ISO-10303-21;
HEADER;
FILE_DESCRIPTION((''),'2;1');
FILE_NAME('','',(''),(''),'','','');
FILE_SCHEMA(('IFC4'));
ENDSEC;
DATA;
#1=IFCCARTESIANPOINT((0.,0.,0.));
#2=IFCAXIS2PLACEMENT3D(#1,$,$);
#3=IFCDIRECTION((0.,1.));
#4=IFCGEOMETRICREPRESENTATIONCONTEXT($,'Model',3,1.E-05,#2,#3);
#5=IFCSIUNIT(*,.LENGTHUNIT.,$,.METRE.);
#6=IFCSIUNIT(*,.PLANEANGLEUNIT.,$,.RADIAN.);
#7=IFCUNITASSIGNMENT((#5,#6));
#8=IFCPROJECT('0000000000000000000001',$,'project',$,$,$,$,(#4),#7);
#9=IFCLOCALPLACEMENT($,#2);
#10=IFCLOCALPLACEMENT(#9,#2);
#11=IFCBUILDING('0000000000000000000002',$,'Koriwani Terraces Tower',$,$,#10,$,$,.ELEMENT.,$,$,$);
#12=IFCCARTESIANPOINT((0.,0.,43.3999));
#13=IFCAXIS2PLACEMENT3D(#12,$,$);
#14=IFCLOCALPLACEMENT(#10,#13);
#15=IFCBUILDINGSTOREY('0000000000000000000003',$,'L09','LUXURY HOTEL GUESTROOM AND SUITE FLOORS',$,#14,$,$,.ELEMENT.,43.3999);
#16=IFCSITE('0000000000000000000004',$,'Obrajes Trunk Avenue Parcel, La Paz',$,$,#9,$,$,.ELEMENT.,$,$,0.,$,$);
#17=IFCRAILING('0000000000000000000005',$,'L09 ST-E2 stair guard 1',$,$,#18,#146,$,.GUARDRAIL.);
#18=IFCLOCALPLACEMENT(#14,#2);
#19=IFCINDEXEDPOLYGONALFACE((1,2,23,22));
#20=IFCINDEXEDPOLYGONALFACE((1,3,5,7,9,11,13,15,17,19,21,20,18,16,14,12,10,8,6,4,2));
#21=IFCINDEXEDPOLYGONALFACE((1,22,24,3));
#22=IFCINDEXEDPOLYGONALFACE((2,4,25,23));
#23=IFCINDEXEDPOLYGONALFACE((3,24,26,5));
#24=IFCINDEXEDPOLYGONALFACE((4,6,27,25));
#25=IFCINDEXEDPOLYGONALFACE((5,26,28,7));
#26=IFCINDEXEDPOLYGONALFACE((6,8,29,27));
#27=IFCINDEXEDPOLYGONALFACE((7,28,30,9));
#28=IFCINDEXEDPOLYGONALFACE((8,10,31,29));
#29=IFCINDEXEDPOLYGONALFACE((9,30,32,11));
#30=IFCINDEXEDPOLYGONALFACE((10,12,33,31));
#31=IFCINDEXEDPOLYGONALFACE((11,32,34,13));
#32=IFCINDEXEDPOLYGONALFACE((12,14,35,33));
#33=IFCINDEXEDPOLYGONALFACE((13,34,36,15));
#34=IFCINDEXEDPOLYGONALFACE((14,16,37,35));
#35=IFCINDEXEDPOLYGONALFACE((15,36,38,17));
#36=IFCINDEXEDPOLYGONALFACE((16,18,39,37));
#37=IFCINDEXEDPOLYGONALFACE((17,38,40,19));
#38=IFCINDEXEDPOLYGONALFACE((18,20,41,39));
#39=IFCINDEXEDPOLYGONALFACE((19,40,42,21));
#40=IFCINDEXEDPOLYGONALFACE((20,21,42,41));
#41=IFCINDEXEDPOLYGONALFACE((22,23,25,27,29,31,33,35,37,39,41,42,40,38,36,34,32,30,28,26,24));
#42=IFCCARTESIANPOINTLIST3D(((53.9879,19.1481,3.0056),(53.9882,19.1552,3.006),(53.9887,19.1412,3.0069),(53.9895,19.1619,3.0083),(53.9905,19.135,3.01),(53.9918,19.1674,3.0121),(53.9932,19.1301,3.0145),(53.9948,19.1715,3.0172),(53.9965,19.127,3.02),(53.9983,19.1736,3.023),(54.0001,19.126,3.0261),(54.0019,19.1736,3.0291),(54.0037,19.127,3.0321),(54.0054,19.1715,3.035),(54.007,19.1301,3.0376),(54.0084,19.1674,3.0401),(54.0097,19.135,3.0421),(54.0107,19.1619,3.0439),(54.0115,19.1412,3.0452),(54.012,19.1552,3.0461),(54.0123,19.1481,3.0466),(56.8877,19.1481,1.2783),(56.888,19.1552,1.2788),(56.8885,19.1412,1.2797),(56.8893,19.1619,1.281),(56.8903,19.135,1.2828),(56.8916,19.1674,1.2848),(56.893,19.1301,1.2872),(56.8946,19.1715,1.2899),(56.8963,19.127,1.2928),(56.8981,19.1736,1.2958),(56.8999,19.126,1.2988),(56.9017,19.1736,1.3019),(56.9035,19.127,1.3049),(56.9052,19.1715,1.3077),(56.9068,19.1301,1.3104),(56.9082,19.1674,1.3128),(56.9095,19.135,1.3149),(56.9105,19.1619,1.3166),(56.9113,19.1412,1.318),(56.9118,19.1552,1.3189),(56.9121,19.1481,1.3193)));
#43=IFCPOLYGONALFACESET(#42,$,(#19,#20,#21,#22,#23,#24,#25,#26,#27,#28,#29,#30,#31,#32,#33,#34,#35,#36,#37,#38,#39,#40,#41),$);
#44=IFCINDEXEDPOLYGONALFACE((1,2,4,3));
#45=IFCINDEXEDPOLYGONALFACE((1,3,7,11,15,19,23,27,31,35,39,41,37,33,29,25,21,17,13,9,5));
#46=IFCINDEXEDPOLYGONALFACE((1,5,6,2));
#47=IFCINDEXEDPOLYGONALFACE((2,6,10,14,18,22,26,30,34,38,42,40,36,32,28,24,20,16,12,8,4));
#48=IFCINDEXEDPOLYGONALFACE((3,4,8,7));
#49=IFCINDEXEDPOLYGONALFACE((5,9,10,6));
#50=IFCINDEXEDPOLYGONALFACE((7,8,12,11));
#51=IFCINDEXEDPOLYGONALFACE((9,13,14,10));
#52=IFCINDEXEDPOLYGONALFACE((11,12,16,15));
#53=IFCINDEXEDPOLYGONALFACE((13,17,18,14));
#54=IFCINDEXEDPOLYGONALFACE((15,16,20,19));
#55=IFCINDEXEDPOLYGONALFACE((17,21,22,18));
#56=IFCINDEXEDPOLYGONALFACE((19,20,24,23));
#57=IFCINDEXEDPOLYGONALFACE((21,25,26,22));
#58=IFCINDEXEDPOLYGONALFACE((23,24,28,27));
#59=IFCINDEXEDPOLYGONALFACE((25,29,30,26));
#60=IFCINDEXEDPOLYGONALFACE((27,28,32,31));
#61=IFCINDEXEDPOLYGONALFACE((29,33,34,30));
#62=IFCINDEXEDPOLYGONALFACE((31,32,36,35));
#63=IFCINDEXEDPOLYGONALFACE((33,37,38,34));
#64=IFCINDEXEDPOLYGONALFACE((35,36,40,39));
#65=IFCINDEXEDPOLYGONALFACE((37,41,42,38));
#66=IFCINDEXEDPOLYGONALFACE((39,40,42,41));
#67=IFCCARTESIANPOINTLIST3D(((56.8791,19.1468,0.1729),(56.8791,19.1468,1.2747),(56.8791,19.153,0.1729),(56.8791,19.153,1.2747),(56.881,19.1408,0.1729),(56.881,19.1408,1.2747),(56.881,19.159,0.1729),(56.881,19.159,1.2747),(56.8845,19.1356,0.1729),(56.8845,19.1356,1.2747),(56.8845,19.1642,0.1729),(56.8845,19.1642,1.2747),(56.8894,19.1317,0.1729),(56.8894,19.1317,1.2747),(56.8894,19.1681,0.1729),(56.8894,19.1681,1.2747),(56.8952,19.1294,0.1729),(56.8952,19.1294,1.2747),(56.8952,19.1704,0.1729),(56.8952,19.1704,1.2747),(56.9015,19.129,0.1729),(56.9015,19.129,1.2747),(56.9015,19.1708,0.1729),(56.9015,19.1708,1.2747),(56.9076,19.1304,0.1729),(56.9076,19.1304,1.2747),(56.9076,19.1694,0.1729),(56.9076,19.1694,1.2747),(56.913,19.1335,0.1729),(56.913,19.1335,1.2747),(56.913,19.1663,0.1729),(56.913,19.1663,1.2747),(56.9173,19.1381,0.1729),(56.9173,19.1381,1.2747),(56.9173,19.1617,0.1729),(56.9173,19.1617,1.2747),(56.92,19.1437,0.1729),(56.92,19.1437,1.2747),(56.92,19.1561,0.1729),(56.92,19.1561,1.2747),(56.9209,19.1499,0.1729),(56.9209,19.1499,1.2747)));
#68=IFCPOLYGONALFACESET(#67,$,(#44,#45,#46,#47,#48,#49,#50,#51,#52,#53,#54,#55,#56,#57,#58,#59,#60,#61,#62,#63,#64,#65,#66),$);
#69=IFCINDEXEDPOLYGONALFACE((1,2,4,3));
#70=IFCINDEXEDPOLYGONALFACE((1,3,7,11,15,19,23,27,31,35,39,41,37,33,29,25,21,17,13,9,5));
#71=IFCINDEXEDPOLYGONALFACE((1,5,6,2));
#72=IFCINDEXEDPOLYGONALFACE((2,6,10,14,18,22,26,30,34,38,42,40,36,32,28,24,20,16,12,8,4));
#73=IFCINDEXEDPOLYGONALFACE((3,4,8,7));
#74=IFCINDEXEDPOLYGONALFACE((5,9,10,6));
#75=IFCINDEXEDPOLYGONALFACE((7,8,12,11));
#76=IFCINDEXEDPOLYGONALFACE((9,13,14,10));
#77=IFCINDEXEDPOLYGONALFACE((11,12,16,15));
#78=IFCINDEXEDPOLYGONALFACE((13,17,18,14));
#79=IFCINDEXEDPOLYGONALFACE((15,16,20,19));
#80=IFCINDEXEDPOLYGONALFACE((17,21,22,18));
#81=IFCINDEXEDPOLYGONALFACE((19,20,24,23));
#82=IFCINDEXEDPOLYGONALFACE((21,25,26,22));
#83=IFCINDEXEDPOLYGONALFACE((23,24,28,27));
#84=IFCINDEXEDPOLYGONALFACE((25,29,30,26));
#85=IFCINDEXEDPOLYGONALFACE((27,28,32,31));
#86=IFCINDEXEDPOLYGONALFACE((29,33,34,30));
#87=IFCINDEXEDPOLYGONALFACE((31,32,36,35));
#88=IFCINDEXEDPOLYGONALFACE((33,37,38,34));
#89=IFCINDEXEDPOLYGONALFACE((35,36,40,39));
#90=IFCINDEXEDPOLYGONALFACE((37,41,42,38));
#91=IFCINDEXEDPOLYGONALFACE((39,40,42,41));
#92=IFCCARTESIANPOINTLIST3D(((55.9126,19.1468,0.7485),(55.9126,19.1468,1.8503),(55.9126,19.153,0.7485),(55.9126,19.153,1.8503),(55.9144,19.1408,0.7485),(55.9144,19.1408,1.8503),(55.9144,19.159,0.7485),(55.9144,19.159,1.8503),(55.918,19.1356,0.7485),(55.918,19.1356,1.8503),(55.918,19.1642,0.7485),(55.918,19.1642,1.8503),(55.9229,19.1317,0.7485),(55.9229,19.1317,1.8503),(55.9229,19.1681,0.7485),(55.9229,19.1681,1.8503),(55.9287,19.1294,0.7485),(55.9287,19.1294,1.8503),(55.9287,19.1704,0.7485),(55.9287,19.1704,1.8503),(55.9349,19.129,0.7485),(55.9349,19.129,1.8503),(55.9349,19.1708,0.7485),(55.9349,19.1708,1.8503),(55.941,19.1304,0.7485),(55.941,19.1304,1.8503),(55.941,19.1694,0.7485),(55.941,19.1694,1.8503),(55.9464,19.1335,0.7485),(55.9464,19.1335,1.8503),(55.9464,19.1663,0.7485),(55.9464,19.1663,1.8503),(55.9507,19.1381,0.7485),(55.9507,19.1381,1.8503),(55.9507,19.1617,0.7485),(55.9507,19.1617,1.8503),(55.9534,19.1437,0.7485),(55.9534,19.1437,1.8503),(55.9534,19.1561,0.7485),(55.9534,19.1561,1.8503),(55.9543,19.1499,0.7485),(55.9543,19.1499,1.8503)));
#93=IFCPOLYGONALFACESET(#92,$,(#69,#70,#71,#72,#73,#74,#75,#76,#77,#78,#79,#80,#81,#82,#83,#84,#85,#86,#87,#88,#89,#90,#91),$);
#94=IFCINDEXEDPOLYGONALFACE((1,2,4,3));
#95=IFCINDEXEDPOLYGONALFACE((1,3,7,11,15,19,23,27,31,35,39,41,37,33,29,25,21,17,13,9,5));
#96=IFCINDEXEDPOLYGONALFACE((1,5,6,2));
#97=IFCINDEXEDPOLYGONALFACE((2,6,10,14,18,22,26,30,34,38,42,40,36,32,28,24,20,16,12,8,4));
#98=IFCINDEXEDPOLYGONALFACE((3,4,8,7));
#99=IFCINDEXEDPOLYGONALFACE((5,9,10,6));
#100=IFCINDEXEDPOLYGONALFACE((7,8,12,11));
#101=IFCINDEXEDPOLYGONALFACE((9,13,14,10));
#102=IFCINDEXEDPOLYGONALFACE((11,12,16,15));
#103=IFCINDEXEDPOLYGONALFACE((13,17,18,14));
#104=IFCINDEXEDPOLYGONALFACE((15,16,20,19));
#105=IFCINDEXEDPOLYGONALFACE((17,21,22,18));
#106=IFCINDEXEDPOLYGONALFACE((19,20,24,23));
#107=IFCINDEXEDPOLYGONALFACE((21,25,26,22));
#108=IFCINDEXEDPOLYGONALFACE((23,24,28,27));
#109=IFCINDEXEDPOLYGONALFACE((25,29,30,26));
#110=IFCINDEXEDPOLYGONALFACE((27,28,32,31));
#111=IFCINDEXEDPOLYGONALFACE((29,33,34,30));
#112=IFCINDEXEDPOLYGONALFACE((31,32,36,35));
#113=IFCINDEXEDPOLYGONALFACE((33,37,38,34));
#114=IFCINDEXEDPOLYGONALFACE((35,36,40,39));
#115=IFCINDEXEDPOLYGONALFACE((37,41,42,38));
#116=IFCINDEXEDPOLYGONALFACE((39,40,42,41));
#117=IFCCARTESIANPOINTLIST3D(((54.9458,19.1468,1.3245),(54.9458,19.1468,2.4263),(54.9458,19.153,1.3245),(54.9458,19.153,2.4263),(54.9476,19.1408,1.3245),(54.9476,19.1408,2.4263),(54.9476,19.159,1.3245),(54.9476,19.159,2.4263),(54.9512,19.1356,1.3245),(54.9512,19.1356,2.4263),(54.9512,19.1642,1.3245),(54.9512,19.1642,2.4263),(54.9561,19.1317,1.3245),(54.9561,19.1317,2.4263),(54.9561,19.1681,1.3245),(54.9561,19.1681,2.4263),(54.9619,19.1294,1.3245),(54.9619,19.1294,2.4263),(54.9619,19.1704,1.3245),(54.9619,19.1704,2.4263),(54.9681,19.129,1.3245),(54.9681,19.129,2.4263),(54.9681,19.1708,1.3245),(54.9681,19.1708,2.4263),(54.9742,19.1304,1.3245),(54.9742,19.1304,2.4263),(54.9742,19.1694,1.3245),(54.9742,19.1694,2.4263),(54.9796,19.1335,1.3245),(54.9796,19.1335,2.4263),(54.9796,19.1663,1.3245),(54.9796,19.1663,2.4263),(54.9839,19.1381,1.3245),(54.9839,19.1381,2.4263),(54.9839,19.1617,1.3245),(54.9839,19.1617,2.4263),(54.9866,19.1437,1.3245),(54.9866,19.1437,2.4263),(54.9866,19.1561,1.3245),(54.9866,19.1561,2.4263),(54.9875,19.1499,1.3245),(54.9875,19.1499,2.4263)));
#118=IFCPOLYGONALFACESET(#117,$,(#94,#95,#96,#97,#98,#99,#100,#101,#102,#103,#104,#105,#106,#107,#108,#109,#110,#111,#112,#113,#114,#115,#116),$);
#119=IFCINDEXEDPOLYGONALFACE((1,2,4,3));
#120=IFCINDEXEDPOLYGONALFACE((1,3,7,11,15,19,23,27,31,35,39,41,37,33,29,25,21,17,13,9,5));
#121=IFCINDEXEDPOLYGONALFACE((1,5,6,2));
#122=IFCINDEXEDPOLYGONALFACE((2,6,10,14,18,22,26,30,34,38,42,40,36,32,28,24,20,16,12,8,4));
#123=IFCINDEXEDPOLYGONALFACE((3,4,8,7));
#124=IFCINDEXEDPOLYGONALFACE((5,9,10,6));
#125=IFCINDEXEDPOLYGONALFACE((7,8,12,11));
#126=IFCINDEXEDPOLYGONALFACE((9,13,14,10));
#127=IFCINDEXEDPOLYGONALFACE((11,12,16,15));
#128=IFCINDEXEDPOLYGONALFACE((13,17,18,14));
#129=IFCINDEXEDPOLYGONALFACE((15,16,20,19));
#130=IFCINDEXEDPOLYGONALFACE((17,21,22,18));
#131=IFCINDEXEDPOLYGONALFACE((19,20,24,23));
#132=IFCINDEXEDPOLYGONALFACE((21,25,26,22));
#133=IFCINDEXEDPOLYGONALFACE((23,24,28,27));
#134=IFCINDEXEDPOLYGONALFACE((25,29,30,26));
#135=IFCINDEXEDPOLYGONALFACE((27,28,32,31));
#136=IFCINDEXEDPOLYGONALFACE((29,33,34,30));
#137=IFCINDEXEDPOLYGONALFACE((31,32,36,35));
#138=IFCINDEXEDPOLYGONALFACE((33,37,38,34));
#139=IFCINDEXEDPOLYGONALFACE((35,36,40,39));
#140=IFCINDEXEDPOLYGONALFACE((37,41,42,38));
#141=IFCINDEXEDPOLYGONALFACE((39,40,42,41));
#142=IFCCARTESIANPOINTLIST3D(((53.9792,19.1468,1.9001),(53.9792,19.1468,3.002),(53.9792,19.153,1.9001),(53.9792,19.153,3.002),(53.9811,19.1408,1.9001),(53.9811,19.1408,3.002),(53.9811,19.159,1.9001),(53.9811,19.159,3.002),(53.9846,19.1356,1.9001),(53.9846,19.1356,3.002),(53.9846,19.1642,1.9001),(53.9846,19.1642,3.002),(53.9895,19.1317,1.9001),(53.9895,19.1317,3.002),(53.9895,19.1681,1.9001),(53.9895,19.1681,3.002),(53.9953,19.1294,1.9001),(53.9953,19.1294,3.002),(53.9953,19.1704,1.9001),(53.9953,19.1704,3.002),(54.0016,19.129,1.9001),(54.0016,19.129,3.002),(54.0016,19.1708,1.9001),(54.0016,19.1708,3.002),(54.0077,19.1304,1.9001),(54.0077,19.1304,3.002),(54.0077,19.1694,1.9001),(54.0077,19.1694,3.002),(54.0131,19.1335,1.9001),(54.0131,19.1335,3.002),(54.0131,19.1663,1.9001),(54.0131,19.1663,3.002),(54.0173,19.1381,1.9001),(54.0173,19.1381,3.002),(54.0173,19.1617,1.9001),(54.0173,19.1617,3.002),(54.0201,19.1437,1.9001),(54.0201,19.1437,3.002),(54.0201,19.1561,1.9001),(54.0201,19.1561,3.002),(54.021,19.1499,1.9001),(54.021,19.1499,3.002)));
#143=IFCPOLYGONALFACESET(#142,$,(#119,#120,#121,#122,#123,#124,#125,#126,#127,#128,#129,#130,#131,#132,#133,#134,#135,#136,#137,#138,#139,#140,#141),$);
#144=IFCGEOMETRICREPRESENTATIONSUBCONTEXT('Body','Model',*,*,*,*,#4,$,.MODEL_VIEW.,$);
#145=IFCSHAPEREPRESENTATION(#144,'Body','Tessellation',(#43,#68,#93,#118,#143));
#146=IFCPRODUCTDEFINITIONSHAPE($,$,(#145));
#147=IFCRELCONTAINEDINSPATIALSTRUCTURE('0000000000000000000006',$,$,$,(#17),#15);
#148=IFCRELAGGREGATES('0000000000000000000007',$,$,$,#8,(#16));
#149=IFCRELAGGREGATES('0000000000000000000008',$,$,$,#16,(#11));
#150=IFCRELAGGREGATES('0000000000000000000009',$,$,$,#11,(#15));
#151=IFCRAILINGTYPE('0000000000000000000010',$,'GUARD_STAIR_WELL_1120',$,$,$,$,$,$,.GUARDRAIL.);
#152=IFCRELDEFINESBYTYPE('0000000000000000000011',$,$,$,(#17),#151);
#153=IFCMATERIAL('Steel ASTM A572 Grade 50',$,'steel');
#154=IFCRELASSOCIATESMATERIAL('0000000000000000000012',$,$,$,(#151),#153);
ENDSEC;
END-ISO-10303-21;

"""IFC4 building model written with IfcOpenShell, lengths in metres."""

from ifc_helpers import new_model, si_unit, direction, frame, origin, origin_2d, place, context, subcontext, project, spatial, circle, extrude, material, type_object, element, save


model = new_model("IFC4")

# Units and contexts
model_context = context("Model", 3, precision=1e-05, world=origin(), true_north=direction((0.0, 1.0)))
body_context = subcontext(model_context, "Body", "Model", "MODEL_VIEW")
ifc_project = project(units=[si_unit("LENGTHUNIT", "METRE"), si_unit("PLANEANGLEUNIT", "RADIAN")], contexts=[model_context])

# Site, building, storey
site_placement = place(None, origin())
site = spatial("IfcSite", under=ifc_project, at=site_placement, Name="Obrajes Trunk Avenue Parcel, La Paz", CompositionType="ELEMENT", RefElevation=0.0)
building_placement = place(site_placement, origin())
building = spatial("IfcBuilding", under=site, at=building_placement, Name="Koriwani Terraces Tower", CompositionType="ELEMENT")
storey_placement = place(building_placement, frame((0.0, 0.0, 43.3999)))
storey = spatial("IfcBuildingStorey", under=building, at=storey_placement, Name="L09", Description="LUXURY HOTEL GUESTROOM AND SUITE FLOORS", CompositionType="ELEMENT", Elevation=43.3999)

# Shared definitions
ifc_material_1 = material(Name="Steel ASTM A572 Grade 50", Category="steel")

# Railing
railing_type_1 = type_object("IfcRailingType", Name="GUARD_STAIR_WELL_1120", PredefinedType="GUARDRAIL", material=ifc_material_1)
railing_1_placement = place(storey_placement, frame((56.8999, 19.1499, 0.1729)))
element("IfcRailing", 1, at=railing_1_placement, inside=storey, type_object=railing_type_1, Name="L09 ST-E2 stair guard 1", PredefinedType="GUARDRAIL", context=body_context, shape_type="SweptSolid", body=[
    extrude(circle(Radius=0.0239, at=origin_2d()), frame((0.0, 0.0, 1.126), z_axis=(-0.859141, 0.0, 0.511738), x_axis=(0.0, -1.0, 0.0)), (0.0, 0.0, 1.0), 3.3752),
    extrude(circle(Radius=0.021, at=origin_2d()), origin(), (0.0, 0.0, 1.0), 1.1018),
    extrude(circle(Radius=0.021, at=origin_2d()), frame((-0.9666, 0.0, 0.5757)), (0.0, 0.0, 1.0), 1.1018),
    extrude(circle(Radius=0.021, at=origin_2d()), frame((-1.9333, 0.0, 1.1516)), (0.0, 0.0, 1.0), 1.1018),
    extrude(circle(Radius=0.021, at=origin_2d()), frame((-2.8999, 0.0, 1.7273)), (0.0, 0.0, 1.0), 1.1018),
])

save(model, "model.ifc")
